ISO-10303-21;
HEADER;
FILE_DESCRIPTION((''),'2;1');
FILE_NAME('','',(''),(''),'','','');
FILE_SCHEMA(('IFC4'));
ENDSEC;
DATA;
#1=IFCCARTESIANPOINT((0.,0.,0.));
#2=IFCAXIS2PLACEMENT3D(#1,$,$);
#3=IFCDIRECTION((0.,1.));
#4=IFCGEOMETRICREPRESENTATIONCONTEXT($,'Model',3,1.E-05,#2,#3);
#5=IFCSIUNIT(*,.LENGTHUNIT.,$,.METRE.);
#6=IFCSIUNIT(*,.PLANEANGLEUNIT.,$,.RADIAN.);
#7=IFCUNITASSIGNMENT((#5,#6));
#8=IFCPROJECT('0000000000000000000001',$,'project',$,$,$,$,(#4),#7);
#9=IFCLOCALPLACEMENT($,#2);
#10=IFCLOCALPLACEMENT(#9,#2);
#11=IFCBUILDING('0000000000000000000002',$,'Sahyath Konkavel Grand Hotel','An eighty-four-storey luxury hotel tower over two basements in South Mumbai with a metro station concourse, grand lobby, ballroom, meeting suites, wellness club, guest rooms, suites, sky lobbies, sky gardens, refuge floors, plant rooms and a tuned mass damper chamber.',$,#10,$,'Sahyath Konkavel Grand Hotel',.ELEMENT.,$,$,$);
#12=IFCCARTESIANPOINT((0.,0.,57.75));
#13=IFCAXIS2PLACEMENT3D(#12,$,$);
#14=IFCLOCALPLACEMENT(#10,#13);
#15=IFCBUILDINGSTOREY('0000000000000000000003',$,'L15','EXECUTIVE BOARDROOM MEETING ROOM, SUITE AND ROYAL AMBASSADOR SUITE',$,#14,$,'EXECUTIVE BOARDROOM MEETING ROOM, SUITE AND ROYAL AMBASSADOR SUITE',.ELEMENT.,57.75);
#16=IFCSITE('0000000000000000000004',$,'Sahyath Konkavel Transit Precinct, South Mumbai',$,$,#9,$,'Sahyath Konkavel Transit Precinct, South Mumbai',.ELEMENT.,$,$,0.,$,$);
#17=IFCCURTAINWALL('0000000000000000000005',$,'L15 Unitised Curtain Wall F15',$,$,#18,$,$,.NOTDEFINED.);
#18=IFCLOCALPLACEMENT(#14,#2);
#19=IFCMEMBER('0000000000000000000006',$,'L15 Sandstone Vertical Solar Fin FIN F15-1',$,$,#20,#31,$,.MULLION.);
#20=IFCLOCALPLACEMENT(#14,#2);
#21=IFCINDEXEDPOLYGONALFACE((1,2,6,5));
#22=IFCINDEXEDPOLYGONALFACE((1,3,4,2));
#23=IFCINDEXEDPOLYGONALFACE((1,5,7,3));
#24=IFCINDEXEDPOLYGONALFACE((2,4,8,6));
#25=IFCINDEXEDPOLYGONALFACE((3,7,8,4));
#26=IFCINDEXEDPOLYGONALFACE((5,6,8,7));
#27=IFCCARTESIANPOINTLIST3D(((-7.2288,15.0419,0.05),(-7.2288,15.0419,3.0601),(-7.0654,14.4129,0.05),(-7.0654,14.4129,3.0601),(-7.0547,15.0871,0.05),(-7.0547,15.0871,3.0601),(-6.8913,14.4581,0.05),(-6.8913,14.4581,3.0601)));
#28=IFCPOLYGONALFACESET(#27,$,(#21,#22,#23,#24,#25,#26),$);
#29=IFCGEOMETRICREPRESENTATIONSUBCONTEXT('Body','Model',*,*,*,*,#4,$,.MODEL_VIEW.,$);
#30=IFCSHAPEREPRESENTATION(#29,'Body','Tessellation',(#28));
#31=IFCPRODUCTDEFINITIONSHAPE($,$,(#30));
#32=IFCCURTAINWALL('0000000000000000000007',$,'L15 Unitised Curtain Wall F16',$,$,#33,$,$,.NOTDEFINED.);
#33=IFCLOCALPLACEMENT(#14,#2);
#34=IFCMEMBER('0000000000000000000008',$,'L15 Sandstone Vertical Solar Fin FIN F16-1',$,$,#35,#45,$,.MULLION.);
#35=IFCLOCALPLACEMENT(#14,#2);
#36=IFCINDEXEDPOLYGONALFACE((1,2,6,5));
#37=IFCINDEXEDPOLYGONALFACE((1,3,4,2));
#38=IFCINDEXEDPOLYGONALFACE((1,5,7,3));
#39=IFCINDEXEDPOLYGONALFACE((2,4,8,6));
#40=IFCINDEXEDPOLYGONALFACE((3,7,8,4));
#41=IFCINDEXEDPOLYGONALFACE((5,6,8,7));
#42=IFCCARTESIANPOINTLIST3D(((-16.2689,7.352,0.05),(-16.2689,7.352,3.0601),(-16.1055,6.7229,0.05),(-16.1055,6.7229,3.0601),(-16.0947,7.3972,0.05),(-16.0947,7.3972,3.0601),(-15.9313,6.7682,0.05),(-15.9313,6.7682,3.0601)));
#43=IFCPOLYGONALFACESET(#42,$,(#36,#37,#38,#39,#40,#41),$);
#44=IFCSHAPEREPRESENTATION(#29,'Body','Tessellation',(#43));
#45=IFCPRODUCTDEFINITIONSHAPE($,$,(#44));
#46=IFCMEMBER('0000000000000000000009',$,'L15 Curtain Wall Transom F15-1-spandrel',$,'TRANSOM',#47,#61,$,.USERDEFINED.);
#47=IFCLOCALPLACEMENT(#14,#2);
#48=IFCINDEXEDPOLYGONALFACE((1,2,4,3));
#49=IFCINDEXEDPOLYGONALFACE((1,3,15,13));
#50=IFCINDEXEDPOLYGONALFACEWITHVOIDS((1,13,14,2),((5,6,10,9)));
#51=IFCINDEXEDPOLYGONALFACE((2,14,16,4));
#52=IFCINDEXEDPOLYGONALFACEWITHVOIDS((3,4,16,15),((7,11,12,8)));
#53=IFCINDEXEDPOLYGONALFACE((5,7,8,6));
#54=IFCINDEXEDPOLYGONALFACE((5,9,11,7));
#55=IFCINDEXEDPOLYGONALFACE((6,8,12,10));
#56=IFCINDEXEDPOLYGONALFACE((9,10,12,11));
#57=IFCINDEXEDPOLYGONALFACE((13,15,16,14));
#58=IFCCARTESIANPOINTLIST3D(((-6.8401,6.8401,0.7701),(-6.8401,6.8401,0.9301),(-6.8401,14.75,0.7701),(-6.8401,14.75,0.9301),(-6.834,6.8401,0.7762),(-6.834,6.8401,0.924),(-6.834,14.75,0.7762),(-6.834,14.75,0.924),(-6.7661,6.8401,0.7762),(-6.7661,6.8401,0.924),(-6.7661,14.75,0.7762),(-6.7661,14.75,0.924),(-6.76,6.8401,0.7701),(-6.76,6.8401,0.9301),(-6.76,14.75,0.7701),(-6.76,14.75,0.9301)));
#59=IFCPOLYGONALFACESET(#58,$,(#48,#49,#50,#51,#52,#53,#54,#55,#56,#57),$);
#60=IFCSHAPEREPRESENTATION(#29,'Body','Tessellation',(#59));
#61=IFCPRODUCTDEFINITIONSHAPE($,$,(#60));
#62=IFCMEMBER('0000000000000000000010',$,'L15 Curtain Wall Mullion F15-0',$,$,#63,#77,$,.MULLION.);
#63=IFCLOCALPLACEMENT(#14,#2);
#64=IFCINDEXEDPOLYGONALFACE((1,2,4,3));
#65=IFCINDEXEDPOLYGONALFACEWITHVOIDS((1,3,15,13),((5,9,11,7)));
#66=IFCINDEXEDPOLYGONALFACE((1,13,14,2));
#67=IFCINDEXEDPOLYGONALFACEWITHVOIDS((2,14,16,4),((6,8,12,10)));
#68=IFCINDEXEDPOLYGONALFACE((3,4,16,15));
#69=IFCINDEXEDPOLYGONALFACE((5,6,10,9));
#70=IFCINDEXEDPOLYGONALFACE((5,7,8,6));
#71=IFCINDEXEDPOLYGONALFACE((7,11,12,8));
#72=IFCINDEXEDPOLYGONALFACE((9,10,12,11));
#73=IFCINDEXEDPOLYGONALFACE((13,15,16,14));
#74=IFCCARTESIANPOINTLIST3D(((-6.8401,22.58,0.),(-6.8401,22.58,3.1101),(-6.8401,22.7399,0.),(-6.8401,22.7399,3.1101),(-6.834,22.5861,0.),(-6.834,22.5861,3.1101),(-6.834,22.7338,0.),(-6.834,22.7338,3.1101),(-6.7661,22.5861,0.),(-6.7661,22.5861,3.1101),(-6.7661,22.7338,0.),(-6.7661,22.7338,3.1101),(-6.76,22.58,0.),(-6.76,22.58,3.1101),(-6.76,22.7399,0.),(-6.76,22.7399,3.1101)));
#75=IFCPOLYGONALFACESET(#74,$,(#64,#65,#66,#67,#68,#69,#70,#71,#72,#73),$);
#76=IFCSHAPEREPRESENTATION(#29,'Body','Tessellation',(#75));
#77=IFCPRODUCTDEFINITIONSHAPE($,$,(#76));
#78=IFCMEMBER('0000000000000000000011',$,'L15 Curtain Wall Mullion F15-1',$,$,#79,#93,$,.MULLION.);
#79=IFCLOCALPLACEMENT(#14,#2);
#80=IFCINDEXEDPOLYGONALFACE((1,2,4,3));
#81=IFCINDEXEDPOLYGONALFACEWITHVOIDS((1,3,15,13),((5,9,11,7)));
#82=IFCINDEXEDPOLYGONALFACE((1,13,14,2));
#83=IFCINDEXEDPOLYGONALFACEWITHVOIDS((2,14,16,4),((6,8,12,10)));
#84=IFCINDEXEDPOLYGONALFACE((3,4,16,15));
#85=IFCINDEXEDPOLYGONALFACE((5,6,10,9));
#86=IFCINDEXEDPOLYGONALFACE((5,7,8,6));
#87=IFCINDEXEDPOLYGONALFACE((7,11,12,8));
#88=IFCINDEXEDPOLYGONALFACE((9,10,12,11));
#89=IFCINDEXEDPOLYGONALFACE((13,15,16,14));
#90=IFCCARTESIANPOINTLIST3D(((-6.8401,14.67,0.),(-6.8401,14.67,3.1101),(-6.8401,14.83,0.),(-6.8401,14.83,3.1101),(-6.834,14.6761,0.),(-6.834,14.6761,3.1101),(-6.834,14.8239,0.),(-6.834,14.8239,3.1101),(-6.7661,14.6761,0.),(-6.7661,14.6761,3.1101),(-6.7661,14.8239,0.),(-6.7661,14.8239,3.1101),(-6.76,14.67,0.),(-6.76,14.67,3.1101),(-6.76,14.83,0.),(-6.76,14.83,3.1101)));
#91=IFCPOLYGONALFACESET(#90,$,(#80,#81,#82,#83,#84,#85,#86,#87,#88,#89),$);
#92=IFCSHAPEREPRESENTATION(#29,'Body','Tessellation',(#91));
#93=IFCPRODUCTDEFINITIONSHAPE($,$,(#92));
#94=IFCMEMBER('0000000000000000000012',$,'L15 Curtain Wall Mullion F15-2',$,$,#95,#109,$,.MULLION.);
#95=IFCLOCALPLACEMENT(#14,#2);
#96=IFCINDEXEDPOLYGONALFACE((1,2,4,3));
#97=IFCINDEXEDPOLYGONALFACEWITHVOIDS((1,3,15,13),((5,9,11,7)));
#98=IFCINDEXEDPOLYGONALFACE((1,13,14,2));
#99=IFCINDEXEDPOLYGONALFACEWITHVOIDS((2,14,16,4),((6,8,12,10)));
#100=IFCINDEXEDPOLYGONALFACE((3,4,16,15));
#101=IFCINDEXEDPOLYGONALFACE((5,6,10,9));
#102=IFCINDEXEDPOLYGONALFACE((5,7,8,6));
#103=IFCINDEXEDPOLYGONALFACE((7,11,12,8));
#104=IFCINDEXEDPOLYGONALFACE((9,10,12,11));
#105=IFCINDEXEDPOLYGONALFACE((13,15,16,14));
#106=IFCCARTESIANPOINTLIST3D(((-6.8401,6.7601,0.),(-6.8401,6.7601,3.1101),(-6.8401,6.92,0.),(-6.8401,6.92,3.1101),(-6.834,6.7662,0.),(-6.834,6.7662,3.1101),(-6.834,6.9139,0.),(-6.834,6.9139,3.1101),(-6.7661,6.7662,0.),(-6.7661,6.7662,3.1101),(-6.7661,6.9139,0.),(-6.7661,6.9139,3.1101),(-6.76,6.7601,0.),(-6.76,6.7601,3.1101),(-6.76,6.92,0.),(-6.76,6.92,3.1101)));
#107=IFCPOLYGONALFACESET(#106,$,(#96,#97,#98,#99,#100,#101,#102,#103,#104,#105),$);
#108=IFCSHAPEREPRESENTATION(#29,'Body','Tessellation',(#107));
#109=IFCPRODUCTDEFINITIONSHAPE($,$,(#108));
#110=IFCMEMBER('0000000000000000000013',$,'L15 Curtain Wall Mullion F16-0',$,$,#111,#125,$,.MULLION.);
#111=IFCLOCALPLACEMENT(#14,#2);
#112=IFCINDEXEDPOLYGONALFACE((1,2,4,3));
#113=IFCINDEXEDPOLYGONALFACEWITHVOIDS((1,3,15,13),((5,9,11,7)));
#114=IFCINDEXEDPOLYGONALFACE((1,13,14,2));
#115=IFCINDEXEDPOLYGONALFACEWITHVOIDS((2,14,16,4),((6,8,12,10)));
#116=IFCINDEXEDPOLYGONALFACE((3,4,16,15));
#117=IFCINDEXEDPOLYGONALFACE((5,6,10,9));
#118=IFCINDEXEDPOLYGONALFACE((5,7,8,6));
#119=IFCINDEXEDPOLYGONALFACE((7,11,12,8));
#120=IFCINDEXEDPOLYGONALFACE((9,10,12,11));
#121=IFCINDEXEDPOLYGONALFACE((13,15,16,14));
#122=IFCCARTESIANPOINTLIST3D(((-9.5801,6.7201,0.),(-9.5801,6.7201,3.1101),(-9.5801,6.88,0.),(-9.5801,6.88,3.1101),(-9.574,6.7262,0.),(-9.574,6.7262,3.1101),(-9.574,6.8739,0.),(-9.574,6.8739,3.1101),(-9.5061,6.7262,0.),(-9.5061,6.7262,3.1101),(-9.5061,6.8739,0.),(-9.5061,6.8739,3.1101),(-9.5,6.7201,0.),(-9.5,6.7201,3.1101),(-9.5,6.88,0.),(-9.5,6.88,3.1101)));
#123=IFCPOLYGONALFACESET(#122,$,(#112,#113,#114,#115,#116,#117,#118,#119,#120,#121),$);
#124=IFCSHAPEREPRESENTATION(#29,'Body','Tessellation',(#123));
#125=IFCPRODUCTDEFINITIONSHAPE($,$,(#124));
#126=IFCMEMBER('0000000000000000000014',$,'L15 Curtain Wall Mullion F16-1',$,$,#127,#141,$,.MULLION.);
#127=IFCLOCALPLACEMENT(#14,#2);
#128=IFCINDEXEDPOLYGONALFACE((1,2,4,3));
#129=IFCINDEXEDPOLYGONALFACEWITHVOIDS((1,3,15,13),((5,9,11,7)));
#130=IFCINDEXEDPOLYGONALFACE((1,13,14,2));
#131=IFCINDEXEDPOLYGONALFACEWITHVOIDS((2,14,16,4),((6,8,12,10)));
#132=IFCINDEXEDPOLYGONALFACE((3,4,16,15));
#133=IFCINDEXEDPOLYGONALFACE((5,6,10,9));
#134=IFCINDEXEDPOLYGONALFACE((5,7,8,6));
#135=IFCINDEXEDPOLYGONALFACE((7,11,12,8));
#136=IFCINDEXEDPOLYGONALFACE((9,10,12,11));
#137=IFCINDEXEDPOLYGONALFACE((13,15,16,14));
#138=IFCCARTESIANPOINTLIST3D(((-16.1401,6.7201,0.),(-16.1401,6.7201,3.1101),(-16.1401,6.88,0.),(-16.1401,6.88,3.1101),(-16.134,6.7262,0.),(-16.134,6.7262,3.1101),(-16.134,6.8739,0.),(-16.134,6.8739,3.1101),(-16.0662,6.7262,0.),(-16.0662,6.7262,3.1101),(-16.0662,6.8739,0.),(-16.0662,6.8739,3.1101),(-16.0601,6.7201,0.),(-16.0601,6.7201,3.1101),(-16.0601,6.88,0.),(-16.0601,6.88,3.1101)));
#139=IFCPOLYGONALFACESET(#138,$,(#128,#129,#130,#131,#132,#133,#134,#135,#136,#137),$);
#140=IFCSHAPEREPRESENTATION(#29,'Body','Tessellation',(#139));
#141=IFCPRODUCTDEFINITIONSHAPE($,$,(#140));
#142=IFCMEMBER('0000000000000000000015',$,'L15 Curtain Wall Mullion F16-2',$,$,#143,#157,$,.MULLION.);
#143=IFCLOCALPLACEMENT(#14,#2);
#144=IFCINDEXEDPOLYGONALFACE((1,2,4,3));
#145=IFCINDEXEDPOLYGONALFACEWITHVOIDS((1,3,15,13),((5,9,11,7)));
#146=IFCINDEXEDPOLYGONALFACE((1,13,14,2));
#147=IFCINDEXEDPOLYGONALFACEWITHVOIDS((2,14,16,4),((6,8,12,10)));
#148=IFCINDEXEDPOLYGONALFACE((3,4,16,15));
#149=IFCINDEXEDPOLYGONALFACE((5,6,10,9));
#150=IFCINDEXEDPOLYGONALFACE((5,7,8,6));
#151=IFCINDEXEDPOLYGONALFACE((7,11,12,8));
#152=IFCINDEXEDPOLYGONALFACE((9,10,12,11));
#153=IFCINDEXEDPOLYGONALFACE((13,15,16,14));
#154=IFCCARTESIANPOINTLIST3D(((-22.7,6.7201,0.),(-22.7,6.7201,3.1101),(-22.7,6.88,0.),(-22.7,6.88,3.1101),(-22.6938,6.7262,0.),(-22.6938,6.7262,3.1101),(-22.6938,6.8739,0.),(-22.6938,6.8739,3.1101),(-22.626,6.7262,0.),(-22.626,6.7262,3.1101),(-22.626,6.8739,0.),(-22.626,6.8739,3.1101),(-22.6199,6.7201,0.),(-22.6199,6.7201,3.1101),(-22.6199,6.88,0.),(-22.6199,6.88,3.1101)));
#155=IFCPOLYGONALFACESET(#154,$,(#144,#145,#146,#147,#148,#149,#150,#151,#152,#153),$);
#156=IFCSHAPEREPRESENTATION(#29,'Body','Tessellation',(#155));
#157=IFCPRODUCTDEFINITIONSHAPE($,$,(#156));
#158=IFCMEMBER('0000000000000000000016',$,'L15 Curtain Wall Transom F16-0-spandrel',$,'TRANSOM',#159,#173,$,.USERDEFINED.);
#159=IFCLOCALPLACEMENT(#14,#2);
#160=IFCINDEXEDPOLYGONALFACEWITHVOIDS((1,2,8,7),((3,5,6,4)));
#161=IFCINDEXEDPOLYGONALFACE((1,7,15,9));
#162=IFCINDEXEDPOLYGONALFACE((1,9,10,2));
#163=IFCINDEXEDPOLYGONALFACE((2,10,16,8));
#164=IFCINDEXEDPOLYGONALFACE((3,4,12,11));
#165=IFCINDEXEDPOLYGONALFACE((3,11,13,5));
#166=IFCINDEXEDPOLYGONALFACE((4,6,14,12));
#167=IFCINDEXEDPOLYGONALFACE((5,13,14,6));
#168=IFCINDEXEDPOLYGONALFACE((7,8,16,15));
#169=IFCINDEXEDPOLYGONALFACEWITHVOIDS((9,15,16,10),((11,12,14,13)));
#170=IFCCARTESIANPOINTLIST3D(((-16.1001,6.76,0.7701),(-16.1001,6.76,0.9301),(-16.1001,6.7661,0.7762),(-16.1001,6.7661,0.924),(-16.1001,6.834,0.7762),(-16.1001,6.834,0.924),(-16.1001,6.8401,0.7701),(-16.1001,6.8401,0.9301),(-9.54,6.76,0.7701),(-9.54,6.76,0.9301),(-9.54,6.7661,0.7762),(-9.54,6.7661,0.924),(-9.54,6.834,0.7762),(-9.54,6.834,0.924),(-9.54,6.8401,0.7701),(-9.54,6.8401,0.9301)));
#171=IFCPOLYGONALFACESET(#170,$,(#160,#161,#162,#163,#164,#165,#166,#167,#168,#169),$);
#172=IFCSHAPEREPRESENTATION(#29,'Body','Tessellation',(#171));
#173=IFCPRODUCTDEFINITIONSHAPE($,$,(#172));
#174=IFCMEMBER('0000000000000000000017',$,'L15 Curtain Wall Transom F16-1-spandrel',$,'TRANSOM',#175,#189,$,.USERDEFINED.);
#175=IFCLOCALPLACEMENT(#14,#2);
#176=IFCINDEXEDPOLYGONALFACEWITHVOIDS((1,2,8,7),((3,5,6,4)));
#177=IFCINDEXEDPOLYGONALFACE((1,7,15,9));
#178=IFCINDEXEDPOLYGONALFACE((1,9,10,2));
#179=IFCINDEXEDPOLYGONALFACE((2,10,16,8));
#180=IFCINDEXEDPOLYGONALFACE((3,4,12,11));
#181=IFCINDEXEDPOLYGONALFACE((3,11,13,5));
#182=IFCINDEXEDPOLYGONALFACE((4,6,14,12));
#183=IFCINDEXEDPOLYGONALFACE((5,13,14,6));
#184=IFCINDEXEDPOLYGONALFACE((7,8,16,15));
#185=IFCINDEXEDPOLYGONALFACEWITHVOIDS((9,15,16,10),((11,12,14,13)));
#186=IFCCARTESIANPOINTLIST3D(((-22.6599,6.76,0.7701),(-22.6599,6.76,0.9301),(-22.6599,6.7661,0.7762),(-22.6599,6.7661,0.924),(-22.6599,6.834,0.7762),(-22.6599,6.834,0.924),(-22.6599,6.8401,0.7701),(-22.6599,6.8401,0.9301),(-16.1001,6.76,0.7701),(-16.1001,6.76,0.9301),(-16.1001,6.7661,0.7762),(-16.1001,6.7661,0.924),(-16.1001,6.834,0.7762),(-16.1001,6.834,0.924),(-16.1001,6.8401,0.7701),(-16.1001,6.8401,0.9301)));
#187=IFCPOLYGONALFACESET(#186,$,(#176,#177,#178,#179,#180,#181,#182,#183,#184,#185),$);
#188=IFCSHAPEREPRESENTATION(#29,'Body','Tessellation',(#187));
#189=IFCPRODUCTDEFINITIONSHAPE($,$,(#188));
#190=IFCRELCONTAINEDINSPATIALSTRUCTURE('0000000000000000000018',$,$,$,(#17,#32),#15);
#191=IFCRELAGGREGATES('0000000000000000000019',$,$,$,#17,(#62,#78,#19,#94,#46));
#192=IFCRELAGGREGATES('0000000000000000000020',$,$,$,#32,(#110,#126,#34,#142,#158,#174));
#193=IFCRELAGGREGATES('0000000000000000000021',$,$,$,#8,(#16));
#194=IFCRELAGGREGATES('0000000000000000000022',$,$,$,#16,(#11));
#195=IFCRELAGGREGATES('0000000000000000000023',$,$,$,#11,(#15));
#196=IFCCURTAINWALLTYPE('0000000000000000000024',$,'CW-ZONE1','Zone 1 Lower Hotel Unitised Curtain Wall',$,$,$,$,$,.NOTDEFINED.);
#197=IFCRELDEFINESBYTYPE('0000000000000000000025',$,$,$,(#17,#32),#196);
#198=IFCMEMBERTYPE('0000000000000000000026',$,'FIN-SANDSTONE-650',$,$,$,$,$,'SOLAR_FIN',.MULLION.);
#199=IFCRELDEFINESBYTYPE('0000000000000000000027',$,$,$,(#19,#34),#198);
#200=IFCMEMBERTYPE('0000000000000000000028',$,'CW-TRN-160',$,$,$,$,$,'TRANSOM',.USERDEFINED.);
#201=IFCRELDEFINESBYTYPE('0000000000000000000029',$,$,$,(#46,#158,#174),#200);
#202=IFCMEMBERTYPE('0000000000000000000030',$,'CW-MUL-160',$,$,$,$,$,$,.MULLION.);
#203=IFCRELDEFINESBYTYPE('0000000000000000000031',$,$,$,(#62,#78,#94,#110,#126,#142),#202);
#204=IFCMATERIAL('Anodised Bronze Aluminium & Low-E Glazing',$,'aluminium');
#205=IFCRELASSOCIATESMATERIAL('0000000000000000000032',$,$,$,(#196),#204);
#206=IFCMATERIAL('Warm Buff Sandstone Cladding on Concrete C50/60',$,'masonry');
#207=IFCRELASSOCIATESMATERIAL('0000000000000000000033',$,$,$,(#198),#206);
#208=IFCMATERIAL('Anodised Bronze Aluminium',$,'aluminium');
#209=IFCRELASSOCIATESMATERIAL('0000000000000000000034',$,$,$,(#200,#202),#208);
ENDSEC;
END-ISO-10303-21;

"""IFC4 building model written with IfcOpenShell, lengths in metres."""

from ifc_helpers import new_model, si_unit, direction, frame, origin, origin_2d, place, context, subcontext, project, spatial, rectangle, hollow_rectangle, extrude, source, transform, mapped, material, material_profile, profile_set, type_object, element, aggregate, save


model = new_model("IFC4")

# Units and contexts
model_context = context("Model", 3, precision=1e-05, world=origin(), true_north=direction((0.0, 1.0)))
body_context = subcontext(model_context, "Body", "Model", "MODEL_VIEW")
ifc_project = project(units=[si_unit("LENGTHUNIT", "METRE"), si_unit("PLANEANGLEUNIT", "RADIAN")], contexts=[model_context])

# Site, building, storey
site_placement = place(None, origin())
site = spatial("IfcSite", under=ifc_project, at=site_placement, Name="Sahyath Konkavel Transit Precinct, South Mumbai", LongName="Sahyath Konkavel Transit Precinct, South Mumbai", CompositionType="ELEMENT", RefElevation=0.0)
building_placement = place(site_placement, origin())
building = spatial("IfcBuilding", under=site, at=building_placement, Name="Sahyath Konkavel Grand Hotel", Description="An eighty-four-storey luxury hotel tower over two basements in South Mumbai with a metro station concourse, grand lobby, ballroom, meeting suites, wellness club, guest rooms, suites, sky lobbies, sky gardens, refuge floors, plant rooms and a tuned mass damper chamber.", LongName="Sahyath Konkavel Grand Hotel", CompositionType="ELEMENT")
storey_placement = place(building_placement, frame((0.0, 0.0, 57.75)))
storey = spatial("IfcBuildingStorey", under=building, at=storey_placement, Name="L15", Description="EXECUTIVE BOARDROOM MEETING ROOM, SUITE AND ROYAL AMBASSADOR SUITE", LongName="EXECUTIVE BOARDROOM MEETING ROOM, SUITE AND ROYAL AMBASSADOR SUITE", CompositionType="ELEMENT", Elevation=57.75)

# Curtain walls, members
ifc_material_1 = material(Name="Anodised Bronze Aluminium & Low-E Glazing", Category="aluminium")
curtain_wall_type = type_object("IfcCurtainWallType", Name="CW-ZONE1", Description="Zone 1 Lower Hotel Unitised Curtain Wall", PredefinedType="NOTDEFINED", material=ifc_material_1)
curtain_wall_1_placement = place(storey_placement, origin())
curtain_wall_1 = element("IfcCurtainWall", 1, at=curtain_wall_1_placement, inside=storey, type_object=curtain_wall_type, Name="L15 Unitised Curtain Wall F15", PredefinedType="NOTDEFINED")
ifc_material_2 = material(Name="Warm Buff Sandstone Cladding on Concrete C50/60", Category="masonry")
ifc_material_profile_1 = material_profile(ifc_material_2, rectangle(XDim=0.1799, YDim=0.6499, at=origin_2d()), Name="FIN 180x650")
ifc_profile_set_1 = profile_set([ifc_material_profile_1], Name="Warm Buff Sandstone Cladding on Concrete C50/60")
member_type_1 = type_object("IfcMemberType", Name="FIN-SANDSTONE-650", ElementType="SOLAR_FIN", PredefinedType="MULLION", material=ifc_profile_set_1)
shared_shape_1 = source(origin(), body_context, "Body", "SweptSolid", [
    extrude(rectangle(XDim=0.1799, YDim=0.6499, at=origin_2d()), origin(), (0.0, 0.0, 1.0), 3.01),
])
member_1_placement = place(storey_placement, frame((-7.0601, 14.75, 0.05), z_axis=(0.0, 0.0, 1.0), x_axis=(0.967885, 0.251394, 0.0)))
member_1 = element("IfcMember", 2, at=member_1_placement, type_object=member_type_1, Name="L15 Sandstone Vertical Solar Fin FIN F15-1", PredefinedType="MULLION", context=body_context, shape_type="MappedRepresentation", body=[
    mapped(shared_shape_1, transform((0.0, 0.0, 0.0), scale=1.0)),
])
curtain_wall_2_placement = place(storey_placement, origin())
curtain_wall_2 = element("IfcCurtainWall", 3, at=curtain_wall_2_placement, inside=storey, type_object=curtain_wall_type, Name="L15 Unitised Curtain Wall F16", PredefinedType="NOTDEFINED")
member_2_placement = place(storey_placement, frame((-16.1001, 7.0601, 0.05), z_axis=(0.0, 0.0, 1.0), x_axis=(0.967885, 0.251394, 0.0)))
member_2 = element("IfcMember", 4, at=member_2_placement, type_object=member_type_1, Name="L15 Sandstone Vertical Solar Fin FIN F16-1", PredefinedType="MULLION", context=body_context, shape_type="MappedRepresentation", body=[
    mapped(shared_shape_1, transform((0.0, 0.0, 0.0), scale=1.0)),
])

# Members
ifc_material_3 = material(Name="Anodised Bronze Aluminium", Category="aluminium")
ifc_material_profile_2 = material_profile(ifc_material_3, hollow_rectangle(XDim=0.0801, YDim=0.1599, WallThickness=0.0061, at=origin_2d()), Name="RHS 160x80x6")
ifc_profile_set_2 = profile_set([ifc_material_profile_2], Name="Anodised Bronze Aluminium")
member_type_2 = type_object("IfcMemberType", Name="CW-TRN-160", ElementType="TRANSOM", PredefinedType="USERDEFINED", material=ifc_profile_set_2)
shared_shape_2 = source(origin(), body_context, "Body", "SweptSolid", [
    extrude(hollow_rectangle(XDim=0.0801, YDim=0.1599, WallThickness=0.0061, at=origin_2d()), origin(), (0.0, 0.0, 1.0), 7.9099),
])
member_3_placement = place(storey_placement, frame((-6.8, 14.75, 0.8501), z_axis=(0.0, -1.0, 0.0), x_axis=(1.0, 0.0, 0.0)))
member_3 = element("IfcMember", 5, at=member_3_placement, type_object=member_type_2, Name="L15 Curtain Wall Transom F15-1-spandrel", ObjectType="TRANSOM", PredefinedType="USERDEFINED", context=body_context, shape_type="MappedRepresentation", body=[
    mapped(shared_shape_2, transform((0.0, 0.0, 0.0), scale=1.0)),
])
ifc_material_profile_3 = material_profile(ifc_material_3, hollow_rectangle(XDim=0.0801, YDim=0.1599, WallThickness=0.0061, at=origin_2d()), Name="RHS 160x80x6")
ifc_profile_set_3 = profile_set([ifc_material_profile_3], Name="Anodised Bronze Aluminium")
member_type_3 = type_object("IfcMemberType", Name="CW-MUL-160", PredefinedType="MULLION", material=ifc_profile_set_3)
shared_shape_3 = source(origin(), body_context, "Body", "SweptSolid", [
    extrude(hollow_rectangle(XDim=0.0801, YDim=0.1599, WallThickness=0.0061, at=origin_2d()), origin(), (0.0, 0.0, 1.0), 3.1101),
])
member_4_placement = place(storey_placement, frame((-6.8, 22.6599, 0.0), z_axis=(0.0, 0.0, 1.0), x_axis=(1.0, 0.0, 0.0)))
member_4 = element("IfcMember", 6, at=member_4_placement, type_object=member_type_3, Name="L15 Curtain Wall Mullion F15-0", PredefinedType="MULLION", context=body_context, shape_type="MappedRepresentation", body=[
    mapped(shared_shape_3, transform((0.0, 0.0, 0.0), scale=1.0)),
])
member_5_placement = place(storey_placement, frame((-6.8, 14.75, 0.0), z_axis=(0.0, 0.0, 1.0), x_axis=(1.0, 0.0, 0.0)))
member_5 = element("IfcMember", 7, at=member_5_placement, type_object=member_type_3, Name="L15 Curtain Wall Mullion F15-1", PredefinedType="MULLION", context=body_context, shape_type="MappedRepresentation", body=[
    mapped(shared_shape_3, transform((0.0, 0.0, 0.0), scale=1.0)),
])
member_6_placement = place(storey_placement, frame((-6.8, 6.8401, 0.0), z_axis=(0.0, 0.0, 1.0), x_axis=(1.0, 0.0, 0.0)))
member_6 = element("IfcMember", 8, at=member_6_placement, type_object=member_type_3, Name="L15 Curtain Wall Mullion F15-2", PredefinedType="MULLION", context=body_context, shape_type="MappedRepresentation", body=[
    mapped(shared_shape_3, transform((0.0, 0.0, 0.0), scale=1.0)),
])
member_7_placement = place(storey_placement, frame((-9.54, 6.8, 0.0), z_axis=(0.0, 0.0, 1.0), x_axis=(1.0, 0.0, 0.0)))
member_7 = element("IfcMember", 9, at=member_7_placement, type_object=member_type_3, Name="L15 Curtain Wall Mullion F16-0", PredefinedType="MULLION", context=body_context, shape_type="MappedRepresentation", body=[
    mapped(shared_shape_3, transform((0.0, 0.0, 0.0), scale=1.0)),
])
member_8_placement = place(storey_placement, frame((-16.1001, 6.8, 0.0), z_axis=(0.0, 0.0, 1.0), x_axis=(1.0, 0.0, 0.0)))
member_8 = element("IfcMember", 10, at=member_8_placement, type_object=member_type_3, Name="L15 Curtain Wall Mullion F16-1", PredefinedType="MULLION", context=body_context, shape_type="MappedRepresentation", body=[
    mapped(shared_shape_3, transform((0.0, 0.0, 0.0), scale=1.0)),
])
member_9_placement = place(storey_placement, frame((-22.6599, 6.8, 0.0), z_axis=(0.0, 0.0, 1.0), x_axis=(1.0, 0.0, 0.0)))
member_9 = element("IfcMember", 11, at=member_9_placement, type_object=member_type_3, Name="L15 Curtain Wall Mullion F16-2", PredefinedType="MULLION", context=body_context, shape_type="MappedRepresentation", body=[
    mapped(shared_shape_3, transform((0.0, 0.0, 0.0), scale=1.0)),
])
shared_shape_4 = source(origin(), body_context, "Body", "SweptSolid", [
    extrude(hollow_rectangle(XDim=0.0801, YDim=0.1599, WallThickness=0.0061, at=origin_2d()), origin(), (0.0, 0.0, 1.0), 6.5601),
])
member_10_placement = place(storey_placement, frame((-9.54, 6.8, 0.8501), z_axis=(-1.0, 0.0, 0.0), x_axis=(0.0, -1.0, 0.0)))
member_10 = element("IfcMember", 12, at=member_10_placement, type_object=member_type_2, Name="L15 Curtain Wall Transom F16-0-spandrel", ObjectType="TRANSOM", PredefinedType="USERDEFINED", context=body_context, shape_type="MappedRepresentation", body=[
    mapped(shared_shape_4, transform((0.0, 0.0, 0.0), scale=1.0)),
])
shared_shape_5 = source(origin(), body_context, "Body", "SweptSolid", [
    extrude(hollow_rectangle(XDim=0.0801, YDim=0.1599, WallThickness=0.0061, at=origin_2d()), origin(), (0.0, 0.0, 1.0), 6.5598),
])
member_11_placement = place(storey_placement, frame((-16.1001, 6.8, 0.8501), z_axis=(-1.0, 0.0, 0.0), x_axis=(0.0, -1.0, 0.0)))
member_11 = element("IfcMember", 13, at=member_11_placement, type_object=member_type_2, Name="L15 Curtain Wall Transom F16-1-spandrel", ObjectType="TRANSOM", PredefinedType="USERDEFINED", context=body_context, shape_type="MappedRepresentation", body=[
    mapped(shared_shape_5, transform((0.0, 0.0, 0.0), scale=1.0)),
])

aggregate(curtain_wall_1, [member_4, member_5, member_1, member_6, member_3])
aggregate(curtain_wall_2, [member_7, member_8, member_2, member_9, member_10, member_11])

save(model, "model.ifc")
